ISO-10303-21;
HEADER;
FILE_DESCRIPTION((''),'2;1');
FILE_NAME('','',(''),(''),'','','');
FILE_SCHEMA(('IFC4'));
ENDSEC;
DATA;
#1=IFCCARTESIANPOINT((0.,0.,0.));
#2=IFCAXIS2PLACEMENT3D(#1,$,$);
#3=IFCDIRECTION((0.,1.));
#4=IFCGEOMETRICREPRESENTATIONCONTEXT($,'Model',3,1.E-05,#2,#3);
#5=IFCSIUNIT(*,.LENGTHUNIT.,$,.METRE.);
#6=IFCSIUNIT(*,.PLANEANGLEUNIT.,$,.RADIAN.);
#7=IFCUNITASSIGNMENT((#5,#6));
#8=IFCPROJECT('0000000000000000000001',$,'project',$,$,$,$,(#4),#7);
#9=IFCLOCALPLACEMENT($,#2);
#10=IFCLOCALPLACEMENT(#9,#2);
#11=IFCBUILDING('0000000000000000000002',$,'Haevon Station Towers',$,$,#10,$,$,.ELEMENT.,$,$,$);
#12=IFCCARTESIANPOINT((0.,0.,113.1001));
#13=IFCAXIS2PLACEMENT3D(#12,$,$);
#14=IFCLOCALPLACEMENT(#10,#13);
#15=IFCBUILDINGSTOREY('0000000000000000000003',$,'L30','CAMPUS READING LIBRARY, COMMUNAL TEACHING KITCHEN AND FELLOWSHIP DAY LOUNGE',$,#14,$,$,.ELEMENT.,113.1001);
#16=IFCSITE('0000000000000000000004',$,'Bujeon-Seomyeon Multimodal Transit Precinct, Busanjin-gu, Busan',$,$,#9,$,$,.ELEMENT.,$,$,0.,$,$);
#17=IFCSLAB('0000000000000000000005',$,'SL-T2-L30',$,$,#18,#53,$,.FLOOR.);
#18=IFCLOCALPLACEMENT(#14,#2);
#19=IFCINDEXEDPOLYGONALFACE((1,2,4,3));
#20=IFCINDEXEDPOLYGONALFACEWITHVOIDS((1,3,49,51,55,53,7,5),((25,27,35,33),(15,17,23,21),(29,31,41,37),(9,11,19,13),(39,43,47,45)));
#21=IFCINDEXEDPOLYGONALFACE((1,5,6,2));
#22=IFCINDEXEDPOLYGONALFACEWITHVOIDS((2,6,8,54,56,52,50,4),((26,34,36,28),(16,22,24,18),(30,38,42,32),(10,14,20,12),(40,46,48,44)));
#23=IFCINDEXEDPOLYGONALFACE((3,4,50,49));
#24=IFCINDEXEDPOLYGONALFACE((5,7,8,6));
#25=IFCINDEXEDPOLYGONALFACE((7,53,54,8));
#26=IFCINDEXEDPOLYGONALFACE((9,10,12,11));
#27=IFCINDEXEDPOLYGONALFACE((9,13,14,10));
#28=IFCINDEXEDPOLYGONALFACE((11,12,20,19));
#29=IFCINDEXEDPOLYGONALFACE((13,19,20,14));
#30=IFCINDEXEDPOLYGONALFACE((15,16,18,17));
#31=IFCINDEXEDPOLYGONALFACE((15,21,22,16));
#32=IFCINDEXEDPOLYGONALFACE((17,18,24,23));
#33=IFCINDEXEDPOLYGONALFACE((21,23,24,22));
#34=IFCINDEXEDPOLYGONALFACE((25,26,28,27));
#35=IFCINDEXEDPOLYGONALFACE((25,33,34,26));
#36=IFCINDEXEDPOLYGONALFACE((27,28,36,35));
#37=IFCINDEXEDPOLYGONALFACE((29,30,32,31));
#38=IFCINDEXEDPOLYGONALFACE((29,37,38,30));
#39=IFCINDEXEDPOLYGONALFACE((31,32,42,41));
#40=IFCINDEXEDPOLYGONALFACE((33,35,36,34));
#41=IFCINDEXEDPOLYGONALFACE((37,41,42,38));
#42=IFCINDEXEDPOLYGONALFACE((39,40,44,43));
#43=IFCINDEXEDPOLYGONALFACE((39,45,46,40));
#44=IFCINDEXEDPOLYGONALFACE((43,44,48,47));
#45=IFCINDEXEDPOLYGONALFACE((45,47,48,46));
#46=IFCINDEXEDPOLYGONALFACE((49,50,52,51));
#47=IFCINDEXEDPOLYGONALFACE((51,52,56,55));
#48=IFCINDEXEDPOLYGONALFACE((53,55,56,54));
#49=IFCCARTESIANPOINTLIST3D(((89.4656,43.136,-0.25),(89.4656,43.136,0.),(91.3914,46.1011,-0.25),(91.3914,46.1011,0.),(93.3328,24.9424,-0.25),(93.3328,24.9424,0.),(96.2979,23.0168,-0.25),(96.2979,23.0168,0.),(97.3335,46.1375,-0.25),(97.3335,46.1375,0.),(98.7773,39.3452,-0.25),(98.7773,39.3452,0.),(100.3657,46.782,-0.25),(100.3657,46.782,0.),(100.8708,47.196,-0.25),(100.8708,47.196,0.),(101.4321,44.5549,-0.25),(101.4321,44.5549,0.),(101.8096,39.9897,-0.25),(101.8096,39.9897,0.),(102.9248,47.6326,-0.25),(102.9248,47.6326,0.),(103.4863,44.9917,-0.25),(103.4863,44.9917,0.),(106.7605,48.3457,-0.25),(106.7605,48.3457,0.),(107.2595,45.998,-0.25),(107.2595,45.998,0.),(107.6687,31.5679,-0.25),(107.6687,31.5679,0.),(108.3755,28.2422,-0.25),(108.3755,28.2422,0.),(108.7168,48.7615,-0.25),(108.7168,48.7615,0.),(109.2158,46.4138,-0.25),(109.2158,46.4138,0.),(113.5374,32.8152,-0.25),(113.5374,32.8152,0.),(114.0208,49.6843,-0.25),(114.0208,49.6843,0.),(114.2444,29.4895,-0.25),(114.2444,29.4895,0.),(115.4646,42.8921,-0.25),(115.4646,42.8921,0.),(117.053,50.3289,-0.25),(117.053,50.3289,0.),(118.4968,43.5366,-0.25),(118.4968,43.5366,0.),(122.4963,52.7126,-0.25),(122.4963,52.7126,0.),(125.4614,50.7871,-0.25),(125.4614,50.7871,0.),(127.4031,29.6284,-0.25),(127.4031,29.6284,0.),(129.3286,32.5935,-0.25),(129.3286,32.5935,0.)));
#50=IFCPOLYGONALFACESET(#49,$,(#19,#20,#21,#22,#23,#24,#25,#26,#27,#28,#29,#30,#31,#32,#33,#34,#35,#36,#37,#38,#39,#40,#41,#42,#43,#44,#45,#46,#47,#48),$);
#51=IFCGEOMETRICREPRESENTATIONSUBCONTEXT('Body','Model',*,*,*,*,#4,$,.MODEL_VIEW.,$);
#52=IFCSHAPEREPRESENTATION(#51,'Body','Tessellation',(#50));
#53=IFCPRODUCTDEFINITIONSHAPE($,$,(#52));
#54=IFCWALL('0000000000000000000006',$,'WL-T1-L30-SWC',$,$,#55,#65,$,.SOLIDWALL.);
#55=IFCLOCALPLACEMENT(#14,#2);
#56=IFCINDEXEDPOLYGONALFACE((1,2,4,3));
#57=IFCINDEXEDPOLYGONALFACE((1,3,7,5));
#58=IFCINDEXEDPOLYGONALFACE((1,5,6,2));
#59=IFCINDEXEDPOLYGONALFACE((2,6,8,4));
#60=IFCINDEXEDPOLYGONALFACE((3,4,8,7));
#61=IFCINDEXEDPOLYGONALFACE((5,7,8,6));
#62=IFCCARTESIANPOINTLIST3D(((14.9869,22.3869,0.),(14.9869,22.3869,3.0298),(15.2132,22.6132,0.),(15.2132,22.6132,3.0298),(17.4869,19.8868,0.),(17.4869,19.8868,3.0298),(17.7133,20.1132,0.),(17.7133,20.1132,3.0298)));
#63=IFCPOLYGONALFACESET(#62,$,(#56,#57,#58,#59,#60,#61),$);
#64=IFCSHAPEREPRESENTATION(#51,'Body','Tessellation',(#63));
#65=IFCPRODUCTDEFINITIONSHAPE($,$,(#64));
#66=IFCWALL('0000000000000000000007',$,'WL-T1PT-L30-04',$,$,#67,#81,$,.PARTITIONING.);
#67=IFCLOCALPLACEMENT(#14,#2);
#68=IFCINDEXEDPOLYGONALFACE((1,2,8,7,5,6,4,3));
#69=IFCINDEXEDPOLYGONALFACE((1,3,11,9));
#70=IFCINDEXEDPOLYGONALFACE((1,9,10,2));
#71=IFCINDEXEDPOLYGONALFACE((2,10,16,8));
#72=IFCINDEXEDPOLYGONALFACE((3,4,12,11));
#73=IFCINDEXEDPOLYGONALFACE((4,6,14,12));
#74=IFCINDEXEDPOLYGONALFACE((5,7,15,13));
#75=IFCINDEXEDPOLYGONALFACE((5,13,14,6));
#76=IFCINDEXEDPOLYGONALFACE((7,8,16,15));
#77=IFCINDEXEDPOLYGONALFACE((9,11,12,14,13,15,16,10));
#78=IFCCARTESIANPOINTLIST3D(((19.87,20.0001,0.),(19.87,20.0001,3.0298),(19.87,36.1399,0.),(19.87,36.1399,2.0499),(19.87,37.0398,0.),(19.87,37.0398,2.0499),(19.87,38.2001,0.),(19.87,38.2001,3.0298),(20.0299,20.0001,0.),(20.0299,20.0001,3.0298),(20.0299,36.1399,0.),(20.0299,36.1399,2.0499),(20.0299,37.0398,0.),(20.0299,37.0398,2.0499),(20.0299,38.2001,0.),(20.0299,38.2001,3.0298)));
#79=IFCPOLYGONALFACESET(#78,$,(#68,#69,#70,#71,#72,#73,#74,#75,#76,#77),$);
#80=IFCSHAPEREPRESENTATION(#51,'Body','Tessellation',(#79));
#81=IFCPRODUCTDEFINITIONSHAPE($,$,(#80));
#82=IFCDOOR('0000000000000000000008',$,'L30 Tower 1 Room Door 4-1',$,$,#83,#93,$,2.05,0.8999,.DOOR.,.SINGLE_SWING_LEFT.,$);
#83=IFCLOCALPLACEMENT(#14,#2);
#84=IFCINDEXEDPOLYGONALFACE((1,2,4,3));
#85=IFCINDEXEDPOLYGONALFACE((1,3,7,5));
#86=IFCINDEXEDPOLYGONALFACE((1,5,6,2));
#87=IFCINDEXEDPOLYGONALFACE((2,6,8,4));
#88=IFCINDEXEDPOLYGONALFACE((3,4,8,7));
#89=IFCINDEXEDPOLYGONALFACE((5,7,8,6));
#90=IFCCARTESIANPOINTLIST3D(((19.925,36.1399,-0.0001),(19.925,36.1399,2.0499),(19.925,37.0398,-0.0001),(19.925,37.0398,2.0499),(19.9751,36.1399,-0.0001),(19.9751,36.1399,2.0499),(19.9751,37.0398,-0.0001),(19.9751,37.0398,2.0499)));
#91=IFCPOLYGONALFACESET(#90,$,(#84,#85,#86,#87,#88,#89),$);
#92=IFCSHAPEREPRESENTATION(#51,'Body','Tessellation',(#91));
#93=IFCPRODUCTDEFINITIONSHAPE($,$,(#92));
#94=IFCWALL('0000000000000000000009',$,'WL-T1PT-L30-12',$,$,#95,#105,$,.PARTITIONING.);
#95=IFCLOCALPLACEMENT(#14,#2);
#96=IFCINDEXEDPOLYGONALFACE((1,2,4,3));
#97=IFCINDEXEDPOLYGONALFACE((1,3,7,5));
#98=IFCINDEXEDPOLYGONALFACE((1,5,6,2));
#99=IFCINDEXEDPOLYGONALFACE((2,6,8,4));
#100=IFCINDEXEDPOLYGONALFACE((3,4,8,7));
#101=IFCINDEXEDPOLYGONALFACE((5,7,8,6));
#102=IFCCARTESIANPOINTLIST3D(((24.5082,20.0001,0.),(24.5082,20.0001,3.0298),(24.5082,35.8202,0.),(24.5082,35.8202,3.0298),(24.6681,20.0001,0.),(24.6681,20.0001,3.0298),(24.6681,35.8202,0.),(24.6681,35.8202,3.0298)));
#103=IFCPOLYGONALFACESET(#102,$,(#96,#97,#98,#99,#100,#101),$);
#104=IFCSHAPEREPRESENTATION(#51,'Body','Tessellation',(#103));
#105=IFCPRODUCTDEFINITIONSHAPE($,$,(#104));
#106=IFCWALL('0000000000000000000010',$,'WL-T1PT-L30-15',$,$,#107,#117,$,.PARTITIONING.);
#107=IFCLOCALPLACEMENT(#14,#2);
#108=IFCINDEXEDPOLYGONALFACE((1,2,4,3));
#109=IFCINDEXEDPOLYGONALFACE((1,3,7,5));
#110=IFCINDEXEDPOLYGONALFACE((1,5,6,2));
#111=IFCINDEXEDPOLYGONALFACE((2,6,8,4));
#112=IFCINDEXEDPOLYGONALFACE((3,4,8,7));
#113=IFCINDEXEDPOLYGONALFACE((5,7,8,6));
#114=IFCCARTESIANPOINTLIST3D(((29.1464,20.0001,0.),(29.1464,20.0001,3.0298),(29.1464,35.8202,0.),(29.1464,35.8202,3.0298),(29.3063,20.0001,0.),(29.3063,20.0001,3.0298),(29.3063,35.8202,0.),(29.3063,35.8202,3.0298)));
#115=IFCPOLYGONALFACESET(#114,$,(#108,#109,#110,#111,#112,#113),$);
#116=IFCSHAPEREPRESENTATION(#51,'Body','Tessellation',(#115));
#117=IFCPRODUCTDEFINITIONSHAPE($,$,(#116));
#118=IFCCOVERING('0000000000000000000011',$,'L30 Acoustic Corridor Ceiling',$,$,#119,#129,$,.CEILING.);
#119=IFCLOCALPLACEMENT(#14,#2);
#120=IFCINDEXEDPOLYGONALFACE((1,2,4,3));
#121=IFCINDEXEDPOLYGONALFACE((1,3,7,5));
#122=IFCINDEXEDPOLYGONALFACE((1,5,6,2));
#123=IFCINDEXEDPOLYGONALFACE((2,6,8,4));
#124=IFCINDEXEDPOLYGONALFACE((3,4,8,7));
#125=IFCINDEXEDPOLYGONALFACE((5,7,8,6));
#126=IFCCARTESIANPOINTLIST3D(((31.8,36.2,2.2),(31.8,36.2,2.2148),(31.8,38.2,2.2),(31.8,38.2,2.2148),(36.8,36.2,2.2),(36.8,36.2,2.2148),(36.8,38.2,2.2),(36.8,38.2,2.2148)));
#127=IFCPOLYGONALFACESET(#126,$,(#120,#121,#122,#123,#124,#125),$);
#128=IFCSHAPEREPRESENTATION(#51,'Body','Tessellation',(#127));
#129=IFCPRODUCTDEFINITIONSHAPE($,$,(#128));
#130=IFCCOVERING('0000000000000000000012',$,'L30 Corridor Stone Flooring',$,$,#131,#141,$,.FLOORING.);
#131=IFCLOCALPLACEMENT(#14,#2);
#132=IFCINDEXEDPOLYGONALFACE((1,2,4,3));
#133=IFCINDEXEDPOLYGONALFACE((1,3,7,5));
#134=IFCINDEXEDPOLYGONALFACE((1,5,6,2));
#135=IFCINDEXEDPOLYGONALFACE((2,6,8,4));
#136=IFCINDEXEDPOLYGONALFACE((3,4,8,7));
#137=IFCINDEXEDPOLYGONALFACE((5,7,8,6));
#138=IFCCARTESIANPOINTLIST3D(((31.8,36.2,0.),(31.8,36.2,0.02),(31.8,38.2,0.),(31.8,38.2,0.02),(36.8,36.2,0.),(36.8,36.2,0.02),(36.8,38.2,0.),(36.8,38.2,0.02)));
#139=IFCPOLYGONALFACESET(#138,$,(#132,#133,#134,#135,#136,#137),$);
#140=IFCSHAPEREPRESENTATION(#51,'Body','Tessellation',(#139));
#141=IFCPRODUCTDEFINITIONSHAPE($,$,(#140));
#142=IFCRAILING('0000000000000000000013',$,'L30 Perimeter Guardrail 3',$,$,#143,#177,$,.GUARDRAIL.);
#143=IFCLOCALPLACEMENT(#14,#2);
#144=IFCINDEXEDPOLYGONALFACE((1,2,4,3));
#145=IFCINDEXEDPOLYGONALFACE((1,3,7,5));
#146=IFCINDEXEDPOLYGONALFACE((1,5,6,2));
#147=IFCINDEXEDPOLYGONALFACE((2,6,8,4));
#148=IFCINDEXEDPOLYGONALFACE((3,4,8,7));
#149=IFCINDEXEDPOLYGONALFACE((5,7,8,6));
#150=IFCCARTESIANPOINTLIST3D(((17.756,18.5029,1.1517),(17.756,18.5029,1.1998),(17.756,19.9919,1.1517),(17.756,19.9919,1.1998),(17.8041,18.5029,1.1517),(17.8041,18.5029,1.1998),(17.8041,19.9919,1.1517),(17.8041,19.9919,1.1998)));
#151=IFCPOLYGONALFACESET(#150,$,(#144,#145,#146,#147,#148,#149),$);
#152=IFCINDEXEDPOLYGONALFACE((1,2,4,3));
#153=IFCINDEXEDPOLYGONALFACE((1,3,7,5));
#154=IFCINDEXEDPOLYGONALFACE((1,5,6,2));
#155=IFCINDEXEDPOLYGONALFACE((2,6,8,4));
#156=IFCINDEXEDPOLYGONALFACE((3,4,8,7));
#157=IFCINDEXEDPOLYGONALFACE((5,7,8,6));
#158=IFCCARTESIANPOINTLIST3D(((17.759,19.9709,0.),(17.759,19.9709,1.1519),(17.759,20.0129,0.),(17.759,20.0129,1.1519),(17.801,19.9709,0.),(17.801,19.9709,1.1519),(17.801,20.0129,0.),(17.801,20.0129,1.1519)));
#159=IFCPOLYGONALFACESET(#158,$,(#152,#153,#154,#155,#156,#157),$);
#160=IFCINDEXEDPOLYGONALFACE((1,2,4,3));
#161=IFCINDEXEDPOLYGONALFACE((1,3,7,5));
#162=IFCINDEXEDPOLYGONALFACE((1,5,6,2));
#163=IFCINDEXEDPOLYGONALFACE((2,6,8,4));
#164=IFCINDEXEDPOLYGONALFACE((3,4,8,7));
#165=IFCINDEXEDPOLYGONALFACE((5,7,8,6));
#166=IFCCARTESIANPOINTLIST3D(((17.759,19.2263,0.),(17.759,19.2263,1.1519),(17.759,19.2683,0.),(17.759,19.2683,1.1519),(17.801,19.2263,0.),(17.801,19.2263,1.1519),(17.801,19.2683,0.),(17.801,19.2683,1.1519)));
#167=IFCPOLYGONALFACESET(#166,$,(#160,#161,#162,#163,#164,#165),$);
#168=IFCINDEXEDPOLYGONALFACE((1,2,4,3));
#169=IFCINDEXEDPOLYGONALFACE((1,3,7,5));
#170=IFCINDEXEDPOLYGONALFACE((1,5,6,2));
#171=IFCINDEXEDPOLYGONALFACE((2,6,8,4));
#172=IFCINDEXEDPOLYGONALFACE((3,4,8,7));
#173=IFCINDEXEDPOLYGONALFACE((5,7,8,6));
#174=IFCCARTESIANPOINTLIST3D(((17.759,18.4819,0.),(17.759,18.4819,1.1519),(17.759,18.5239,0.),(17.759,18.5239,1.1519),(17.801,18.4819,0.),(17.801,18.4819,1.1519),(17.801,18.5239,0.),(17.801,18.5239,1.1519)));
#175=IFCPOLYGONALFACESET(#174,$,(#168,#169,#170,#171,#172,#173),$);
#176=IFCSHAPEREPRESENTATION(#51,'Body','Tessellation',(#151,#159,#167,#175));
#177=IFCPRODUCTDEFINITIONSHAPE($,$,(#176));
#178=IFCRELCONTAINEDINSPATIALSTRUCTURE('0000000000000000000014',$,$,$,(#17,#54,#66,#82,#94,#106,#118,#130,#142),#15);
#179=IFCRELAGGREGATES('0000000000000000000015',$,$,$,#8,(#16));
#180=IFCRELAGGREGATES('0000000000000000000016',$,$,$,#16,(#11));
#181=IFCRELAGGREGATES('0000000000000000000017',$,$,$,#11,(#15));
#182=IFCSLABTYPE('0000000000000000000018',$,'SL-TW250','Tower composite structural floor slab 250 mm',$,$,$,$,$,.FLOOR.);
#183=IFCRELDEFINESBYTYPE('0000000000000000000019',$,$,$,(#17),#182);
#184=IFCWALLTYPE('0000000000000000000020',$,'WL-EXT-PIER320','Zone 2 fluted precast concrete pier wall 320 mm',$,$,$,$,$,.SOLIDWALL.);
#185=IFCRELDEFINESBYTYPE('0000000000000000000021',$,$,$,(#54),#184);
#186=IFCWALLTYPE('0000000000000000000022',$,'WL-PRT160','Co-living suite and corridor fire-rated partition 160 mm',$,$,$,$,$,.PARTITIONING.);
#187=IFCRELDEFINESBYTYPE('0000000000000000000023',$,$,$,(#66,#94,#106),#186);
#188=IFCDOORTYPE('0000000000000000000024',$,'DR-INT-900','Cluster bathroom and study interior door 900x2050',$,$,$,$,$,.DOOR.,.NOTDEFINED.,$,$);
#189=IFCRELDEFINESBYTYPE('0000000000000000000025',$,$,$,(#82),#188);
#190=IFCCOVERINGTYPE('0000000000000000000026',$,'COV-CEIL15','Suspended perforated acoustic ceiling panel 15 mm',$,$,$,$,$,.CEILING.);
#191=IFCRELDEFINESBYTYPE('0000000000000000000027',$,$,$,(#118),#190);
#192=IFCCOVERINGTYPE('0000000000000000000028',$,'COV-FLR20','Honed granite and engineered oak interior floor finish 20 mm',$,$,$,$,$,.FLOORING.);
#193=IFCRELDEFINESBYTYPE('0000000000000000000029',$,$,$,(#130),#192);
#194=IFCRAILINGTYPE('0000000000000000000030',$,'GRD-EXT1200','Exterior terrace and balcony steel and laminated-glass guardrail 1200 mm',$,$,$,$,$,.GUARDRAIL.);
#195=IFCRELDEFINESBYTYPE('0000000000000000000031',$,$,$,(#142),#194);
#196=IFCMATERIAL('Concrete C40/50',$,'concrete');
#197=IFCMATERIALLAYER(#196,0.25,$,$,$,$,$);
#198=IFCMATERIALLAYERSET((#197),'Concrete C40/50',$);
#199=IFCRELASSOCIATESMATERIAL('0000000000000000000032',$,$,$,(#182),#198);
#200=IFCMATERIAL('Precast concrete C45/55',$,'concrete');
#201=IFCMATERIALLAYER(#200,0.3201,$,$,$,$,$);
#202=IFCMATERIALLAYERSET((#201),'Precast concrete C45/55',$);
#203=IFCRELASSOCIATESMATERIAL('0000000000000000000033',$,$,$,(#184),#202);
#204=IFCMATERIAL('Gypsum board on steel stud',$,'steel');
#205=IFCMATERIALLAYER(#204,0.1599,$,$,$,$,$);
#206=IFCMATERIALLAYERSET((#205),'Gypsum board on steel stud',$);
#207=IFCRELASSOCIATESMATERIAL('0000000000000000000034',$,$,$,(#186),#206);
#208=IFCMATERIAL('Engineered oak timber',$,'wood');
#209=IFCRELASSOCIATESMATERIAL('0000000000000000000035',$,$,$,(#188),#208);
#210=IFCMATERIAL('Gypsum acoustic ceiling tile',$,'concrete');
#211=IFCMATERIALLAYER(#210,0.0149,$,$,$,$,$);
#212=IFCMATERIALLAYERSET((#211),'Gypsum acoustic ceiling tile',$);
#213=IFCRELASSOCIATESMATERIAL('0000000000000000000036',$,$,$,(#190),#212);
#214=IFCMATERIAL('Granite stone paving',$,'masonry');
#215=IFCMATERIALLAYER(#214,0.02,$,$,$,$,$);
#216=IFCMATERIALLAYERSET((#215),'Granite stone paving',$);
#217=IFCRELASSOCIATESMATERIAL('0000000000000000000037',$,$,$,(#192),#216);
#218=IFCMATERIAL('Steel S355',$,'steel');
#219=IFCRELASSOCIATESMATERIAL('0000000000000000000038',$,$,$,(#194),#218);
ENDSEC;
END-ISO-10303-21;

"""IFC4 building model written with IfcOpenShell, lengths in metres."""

from ifc_helpers import new_model, si_unit, direction, frame, frame_2d, origin, origin_2d, place, context, subcontext, project, spatial, polyline, rectangle, outline, extrude, material, layer, layer_set, type_object, element, fill, save


model = new_model("IFC4")

# Units and contexts
model_context = context("Model", 3, precision=1e-05, world=origin(), true_north=direction((0.0, 1.0)))
body_context = subcontext(model_context, "Body", "Model", "MODEL_VIEW")
ifc_project = project(units=[si_unit("LENGTHUNIT", "METRE"), si_unit("PLANEANGLEUNIT", "RADIAN")], contexts=[model_context])

# Site, building, storey
site_placement = place(None, origin())
site = spatial("IfcSite", under=ifc_project, at=site_placement, Name="Bujeon-Seomyeon Multimodal Transit Precinct, Busanjin-gu, Busan", CompositionType="ELEMENT", RefElevation=0.0)
building_placement = place(site_placement, origin())
building = spatial("IfcBuilding", under=site, at=building_placement, Name="Haevon Station Towers", CompositionType="ELEMENT")
storey_placement = place(building_placement, frame((0.0, 0.0, 113.1001)))
storey = spatial("IfcBuildingStorey", under=building, at=storey_placement, Name="L30", Description="CAMPUS READING LIBRARY, COMMUNAL TEACHING KITCHEN AND FELLOWSHIP DAY LOUNGE", CompositionType="ELEMENT", Elevation=113.1001)

# Shared definitions
ifc_material_1 = material(Name="Steel S355", Category="steel")

# Shared definitions
ifc_material_2 = material(Name="Concrete C40/50", Category="concrete")

# Slab
ifc_layer_1 = layer(ifc_material_2, 0.25)
ifc_layer_set_1 = layer_set([ifc_layer_1], Name="Concrete C40/50")
slab_type_1 = type_object("IfcSlabType", Name="SL-TW250", Description="Tower composite structural floor slab 250 mm", PredefinedType="FLOOR", material=ifc_layer_set_1)
slab_1_placement = place(storey_placement, frame((0.0, 0.0, -0.25)))
element("IfcSlab", 1, at=slab_1_placement, inside=storey, type_object=slab_type_1, Name="SL-T2-L30", PredefinedType="FLOOR", context=body_context, shape_type="SweptSolid", body=[
    extrude(outline(polyline([(96.2979, 23.0168), (127.4031, 29.6284), (129.3286, 32.5935), (125.4614, 50.7871), (122.4963, 52.7126), (91.3914, 46.1011), (89.4656, 43.136), (93.3328, 24.9424), (96.2979, 23.0168)]), holes=[polyline([(101.8096, 39.9897), (100.3657, 46.782), (97.3335, 46.1375), (98.7773, 39.3452), (101.8096, 39.9897)]), polyline([(118.4968, 43.5366), (117.053, 50.3289), (114.0208, 49.6843), (115.4646, 42.8921), (118.4968, 43.5366)]), polyline([(101.4321, 44.5549), (103.4863, 44.9917), (102.9248, 47.6326), (100.8708, 47.196), (101.4321, 44.5549)]), polyline([(107.2595, 45.998), (109.2158, 46.4138), (108.7168, 48.7615), (106.7605, 48.3457), (107.2595, 45.998)]), polyline([(108.3755, 28.2422), (114.2444, 29.4895), (113.5374, 32.8152), (107.6687, 31.5679), (108.3755, 28.2422)])]), origin(), (0.0, 0.0, 1.0), 0.25),
])

# Wall
ifc_material_3 = material(Name="Precast concrete C45/55", Category="concrete")
ifc_layer_2 = layer(ifc_material_3, 0.3201)
ifc_layer_set_2 = layer_set([ifc_layer_2], Name="Precast concrete C45/55")
wall_type_1 = type_object("IfcWallType", Name="WL-EXT-PIER320", Description="Zone 2 fluted precast concrete pier wall 320 mm", PredefinedType="SOLIDWALL", material=ifc_layer_set_2)
wall_1_placement = place(storey_placement, frame((17.6001, 20.0, 0.0), z_axis=(0.0, 0.0, 1.0), x_axis=(-0.707107, 0.707107, 0.0)))
element("IfcWall", 2, at=wall_1_placement, inside=storey, type_object=wall_type_1, Name="WL-T1-L30-SWC", PredefinedType="SOLIDWALL", context=body_context, shape_type="SweptSolid", body=[
    extrude(rectangle(XDim=3.5356, YDim=0.3201, at=frame_2d((1.7678, 0.0))), origin(), (0.0, 0.0, 1.0), 3.0298),
])

# Wall, opening, door
ifc_material_4 = material(Name="Gypsum board on steel stud", Category="steel")
ifc_layer_3 = layer(ifc_material_4, 0.1599)
ifc_layer_set_3 = layer_set([ifc_layer_3], Name="Gypsum board on steel stud")
wall_type_2 = type_object("IfcWallType", Name="WL-PRT160", Description="Co-living suite and corridor fire-rated partition 160 mm", PredefinedType="PARTITIONING", material=ifc_layer_set_3)
wall_2_placement = place(storey_placement, frame((19.95, 20.0, 0.0), z_axis=(0.0, 0.0, 1.0), x_axis=(0.0, 1.0, 0.0)))
wall_2 = element("IfcWall", 3, at=wall_2_placement, inside=storey, type_object=wall_type_2, Name="WL-T1PT-L30-04", PredefinedType="PARTITIONING", context=body_context, shape_type="SweptSolid", body=[
    extrude(rectangle(XDim=18.2, YDim=0.1599, at=frame_2d((9.1001, 0.0))), origin(), (0.0, 0.0, 1.0), 3.0298),
])
opening_placement = place(wall_2_placement, frame((16.1399, 0.0, 0.0)))
opening = element("IfcOpeningElement", 4, at=opening_placement, cuts=wall_2, PredefinedType="OPENING", context=body_context, shape_type="SweptSolid", body=[
    extrude(rectangle(XDim=0.8999, YDim=2.05, at=frame_2d((0.45, 1.0249))), frame((0.0, 0.0898, 0.0), z_axis=(0.0, -1.0, 0.0), x_axis=(1.0, 0.0, 0.0)), (0.0, 0.0, 1.0), 0.1799),
])
ifc_material_5 = material(Name="Engineered oak timber", Category="wood")
door_type = type_object("IfcDoorType", Name="DR-INT-900", Description="Cluster bathroom and study interior door 900x2050", OperationType="NOTDEFINED", PredefinedType="DOOR", material=ifc_material_5)
door_placement = place(opening_placement, origin())
door = element("IfcDoor", 5, at=door_placement, inside=storey, type_object=door_type, Name="L30 Tower 1 Room Door 4-1", OperationType="SINGLE_SWING_LEFT", OverallHeight=2.05, OverallWidth=0.8999, PredefinedType="DOOR", context=body_context, shape_type="SweptSolid", body=[
    extrude(rectangle(XDim=0.8999, YDim=2.05, at=frame_2d((0.45, 1.0249))), frame((0.0, 0.0249, 0.0), z_axis=(0.0, -1.0, 0.0), x_axis=(1.0, 0.0, 0.0)), (0.0, 0.0, 1.0), 0.05),
])
fill(opening, door)

# Walls
for number, where, z_axis, x_axis, name in (
    (6, (24.5881, 20.0, 0.0), (0.0, 0.0, 1.0), (0.0, 1.0, 0.0), "WL-T1PT-L30-12"),
    (7, (29.2263, 20.0, 0.0), (0.0, 0.0, 1.0), (0.0, 1.0, 0.0), "WL-T1PT-L30-15"),
):
    element("IfcWall", number, at=place(storey_placement, frame(where, z_axis=z_axis, x_axis=x_axis)), inside=storey, type_object=wall_type_2, Name=name, PredefinedType="PARTITIONING", context=body_context, shape_type="SweptSolid", body=[
        extrude(rectangle(XDim=15.8201, YDim=0.1599, at=frame_2d((7.9102, 0.0))), origin(), (0.0, 0.0, 1.0), 3.0298),
    ])

# Coverings
ifc_material_6 = material(Name="Gypsum acoustic ceiling tile", Category="concrete")
ifc_layer_4 = layer(ifc_material_6, 0.0149)
ifc_layer_set_4 = layer_set([ifc_layer_4], Name="Gypsum acoustic ceiling tile")
covering_type_1 = type_object("IfcCoveringType", Name="COV-CEIL15", Description="Suspended perforated acoustic ceiling panel 15 mm", PredefinedType="CEILING", material=ifc_layer_set_4)
covering_1_placement = place(storey_placement, frame((0.0, 0.0, 2.2)))
element("IfcCovering", 8, at=covering_1_placement, inside=storey, type_object=covering_type_1, Name="L30 Acoustic Corridor Ceiling", PredefinedType="CEILING", context=body_context, shape_type="SweptSolid", body=[
    extrude(outline(polyline([(31.8, 36.2), (36.8, 36.2), (36.8, 38.2), (31.8, 38.2), (31.8, 36.2)])), origin(), (0.0, 0.0, 1.0), 0.0149),
])
ifc_material_7 = material(Name="Granite stone paving", Category="masonry")
ifc_layer_5 = layer(ifc_material_7, 0.02)
ifc_layer_set_5 = layer_set([ifc_layer_5], Name="Granite stone paving")
covering_type_2 = type_object("IfcCoveringType", Name="COV-FLR20", Description="Honed granite and engineered oak interior floor finish 20 mm", PredefinedType="FLOORING", material=ifc_layer_set_5)
covering_2_placement = place(storey_placement, origin())
element("IfcCovering", 9, at=covering_2_placement, inside=storey, type_object=covering_type_2, Name="L30 Corridor Stone Flooring", PredefinedType="FLOORING", context=body_context, shape_type="SweptSolid", body=[
    extrude(outline(polyline([(31.8, 36.2), (36.8, 36.2), (36.8, 38.2), (31.8, 38.2), (31.8, 36.2)])), origin(), (0.0, 0.0, 1.0), 0.02),
])

# Railing
railing_type = type_object("IfcRailingType", Name="GRD-EXT1200", Description="Exterior terrace and balcony steel and laminated-glass guardrail 1200 mm", PredefinedType="GUARDRAIL", material=ifc_material_1)
railing_1_placement = place(storey_placement, frame((17.78, 19.9919, 0.0)))
element("IfcRailing", 10, at=railing_1_placement, inside=storey, type_object=railing_type, Name="L30 Perimeter Guardrail 3", PredefinedType="GUARDRAIL", context=body_context, shape_type="SweptSolid", body=[
    extrude(rectangle(XDim=0.0481, YDim=0.0481, at=origin_2d()), frame((0.0, 0.0, 1.1758), z_axis=(0.0, -1.0, 0.0), x_axis=(1.0, 0.0, 0.0)), (0.0, 0.0, 1.0), 1.489),
    extrude(rectangle(XDim=0.042, YDim=0.042, at=origin_2d()), origin(), (0.0, 0.0, 1.0), 1.1519),
    extrude(rectangle(XDim=0.042, YDim=0.042, at=origin_2d()), frame((0.0, -0.7446, 0.0)), (0.0, 0.0, 1.0), 1.1519),
    extrude(rectangle(XDim=0.042, YDim=0.042, at=origin_2d()), frame((0.0, -1.489, 0.0)), (0.0, 0.0, 1.0), 1.1519),
])

save(model, "model.ifc")
